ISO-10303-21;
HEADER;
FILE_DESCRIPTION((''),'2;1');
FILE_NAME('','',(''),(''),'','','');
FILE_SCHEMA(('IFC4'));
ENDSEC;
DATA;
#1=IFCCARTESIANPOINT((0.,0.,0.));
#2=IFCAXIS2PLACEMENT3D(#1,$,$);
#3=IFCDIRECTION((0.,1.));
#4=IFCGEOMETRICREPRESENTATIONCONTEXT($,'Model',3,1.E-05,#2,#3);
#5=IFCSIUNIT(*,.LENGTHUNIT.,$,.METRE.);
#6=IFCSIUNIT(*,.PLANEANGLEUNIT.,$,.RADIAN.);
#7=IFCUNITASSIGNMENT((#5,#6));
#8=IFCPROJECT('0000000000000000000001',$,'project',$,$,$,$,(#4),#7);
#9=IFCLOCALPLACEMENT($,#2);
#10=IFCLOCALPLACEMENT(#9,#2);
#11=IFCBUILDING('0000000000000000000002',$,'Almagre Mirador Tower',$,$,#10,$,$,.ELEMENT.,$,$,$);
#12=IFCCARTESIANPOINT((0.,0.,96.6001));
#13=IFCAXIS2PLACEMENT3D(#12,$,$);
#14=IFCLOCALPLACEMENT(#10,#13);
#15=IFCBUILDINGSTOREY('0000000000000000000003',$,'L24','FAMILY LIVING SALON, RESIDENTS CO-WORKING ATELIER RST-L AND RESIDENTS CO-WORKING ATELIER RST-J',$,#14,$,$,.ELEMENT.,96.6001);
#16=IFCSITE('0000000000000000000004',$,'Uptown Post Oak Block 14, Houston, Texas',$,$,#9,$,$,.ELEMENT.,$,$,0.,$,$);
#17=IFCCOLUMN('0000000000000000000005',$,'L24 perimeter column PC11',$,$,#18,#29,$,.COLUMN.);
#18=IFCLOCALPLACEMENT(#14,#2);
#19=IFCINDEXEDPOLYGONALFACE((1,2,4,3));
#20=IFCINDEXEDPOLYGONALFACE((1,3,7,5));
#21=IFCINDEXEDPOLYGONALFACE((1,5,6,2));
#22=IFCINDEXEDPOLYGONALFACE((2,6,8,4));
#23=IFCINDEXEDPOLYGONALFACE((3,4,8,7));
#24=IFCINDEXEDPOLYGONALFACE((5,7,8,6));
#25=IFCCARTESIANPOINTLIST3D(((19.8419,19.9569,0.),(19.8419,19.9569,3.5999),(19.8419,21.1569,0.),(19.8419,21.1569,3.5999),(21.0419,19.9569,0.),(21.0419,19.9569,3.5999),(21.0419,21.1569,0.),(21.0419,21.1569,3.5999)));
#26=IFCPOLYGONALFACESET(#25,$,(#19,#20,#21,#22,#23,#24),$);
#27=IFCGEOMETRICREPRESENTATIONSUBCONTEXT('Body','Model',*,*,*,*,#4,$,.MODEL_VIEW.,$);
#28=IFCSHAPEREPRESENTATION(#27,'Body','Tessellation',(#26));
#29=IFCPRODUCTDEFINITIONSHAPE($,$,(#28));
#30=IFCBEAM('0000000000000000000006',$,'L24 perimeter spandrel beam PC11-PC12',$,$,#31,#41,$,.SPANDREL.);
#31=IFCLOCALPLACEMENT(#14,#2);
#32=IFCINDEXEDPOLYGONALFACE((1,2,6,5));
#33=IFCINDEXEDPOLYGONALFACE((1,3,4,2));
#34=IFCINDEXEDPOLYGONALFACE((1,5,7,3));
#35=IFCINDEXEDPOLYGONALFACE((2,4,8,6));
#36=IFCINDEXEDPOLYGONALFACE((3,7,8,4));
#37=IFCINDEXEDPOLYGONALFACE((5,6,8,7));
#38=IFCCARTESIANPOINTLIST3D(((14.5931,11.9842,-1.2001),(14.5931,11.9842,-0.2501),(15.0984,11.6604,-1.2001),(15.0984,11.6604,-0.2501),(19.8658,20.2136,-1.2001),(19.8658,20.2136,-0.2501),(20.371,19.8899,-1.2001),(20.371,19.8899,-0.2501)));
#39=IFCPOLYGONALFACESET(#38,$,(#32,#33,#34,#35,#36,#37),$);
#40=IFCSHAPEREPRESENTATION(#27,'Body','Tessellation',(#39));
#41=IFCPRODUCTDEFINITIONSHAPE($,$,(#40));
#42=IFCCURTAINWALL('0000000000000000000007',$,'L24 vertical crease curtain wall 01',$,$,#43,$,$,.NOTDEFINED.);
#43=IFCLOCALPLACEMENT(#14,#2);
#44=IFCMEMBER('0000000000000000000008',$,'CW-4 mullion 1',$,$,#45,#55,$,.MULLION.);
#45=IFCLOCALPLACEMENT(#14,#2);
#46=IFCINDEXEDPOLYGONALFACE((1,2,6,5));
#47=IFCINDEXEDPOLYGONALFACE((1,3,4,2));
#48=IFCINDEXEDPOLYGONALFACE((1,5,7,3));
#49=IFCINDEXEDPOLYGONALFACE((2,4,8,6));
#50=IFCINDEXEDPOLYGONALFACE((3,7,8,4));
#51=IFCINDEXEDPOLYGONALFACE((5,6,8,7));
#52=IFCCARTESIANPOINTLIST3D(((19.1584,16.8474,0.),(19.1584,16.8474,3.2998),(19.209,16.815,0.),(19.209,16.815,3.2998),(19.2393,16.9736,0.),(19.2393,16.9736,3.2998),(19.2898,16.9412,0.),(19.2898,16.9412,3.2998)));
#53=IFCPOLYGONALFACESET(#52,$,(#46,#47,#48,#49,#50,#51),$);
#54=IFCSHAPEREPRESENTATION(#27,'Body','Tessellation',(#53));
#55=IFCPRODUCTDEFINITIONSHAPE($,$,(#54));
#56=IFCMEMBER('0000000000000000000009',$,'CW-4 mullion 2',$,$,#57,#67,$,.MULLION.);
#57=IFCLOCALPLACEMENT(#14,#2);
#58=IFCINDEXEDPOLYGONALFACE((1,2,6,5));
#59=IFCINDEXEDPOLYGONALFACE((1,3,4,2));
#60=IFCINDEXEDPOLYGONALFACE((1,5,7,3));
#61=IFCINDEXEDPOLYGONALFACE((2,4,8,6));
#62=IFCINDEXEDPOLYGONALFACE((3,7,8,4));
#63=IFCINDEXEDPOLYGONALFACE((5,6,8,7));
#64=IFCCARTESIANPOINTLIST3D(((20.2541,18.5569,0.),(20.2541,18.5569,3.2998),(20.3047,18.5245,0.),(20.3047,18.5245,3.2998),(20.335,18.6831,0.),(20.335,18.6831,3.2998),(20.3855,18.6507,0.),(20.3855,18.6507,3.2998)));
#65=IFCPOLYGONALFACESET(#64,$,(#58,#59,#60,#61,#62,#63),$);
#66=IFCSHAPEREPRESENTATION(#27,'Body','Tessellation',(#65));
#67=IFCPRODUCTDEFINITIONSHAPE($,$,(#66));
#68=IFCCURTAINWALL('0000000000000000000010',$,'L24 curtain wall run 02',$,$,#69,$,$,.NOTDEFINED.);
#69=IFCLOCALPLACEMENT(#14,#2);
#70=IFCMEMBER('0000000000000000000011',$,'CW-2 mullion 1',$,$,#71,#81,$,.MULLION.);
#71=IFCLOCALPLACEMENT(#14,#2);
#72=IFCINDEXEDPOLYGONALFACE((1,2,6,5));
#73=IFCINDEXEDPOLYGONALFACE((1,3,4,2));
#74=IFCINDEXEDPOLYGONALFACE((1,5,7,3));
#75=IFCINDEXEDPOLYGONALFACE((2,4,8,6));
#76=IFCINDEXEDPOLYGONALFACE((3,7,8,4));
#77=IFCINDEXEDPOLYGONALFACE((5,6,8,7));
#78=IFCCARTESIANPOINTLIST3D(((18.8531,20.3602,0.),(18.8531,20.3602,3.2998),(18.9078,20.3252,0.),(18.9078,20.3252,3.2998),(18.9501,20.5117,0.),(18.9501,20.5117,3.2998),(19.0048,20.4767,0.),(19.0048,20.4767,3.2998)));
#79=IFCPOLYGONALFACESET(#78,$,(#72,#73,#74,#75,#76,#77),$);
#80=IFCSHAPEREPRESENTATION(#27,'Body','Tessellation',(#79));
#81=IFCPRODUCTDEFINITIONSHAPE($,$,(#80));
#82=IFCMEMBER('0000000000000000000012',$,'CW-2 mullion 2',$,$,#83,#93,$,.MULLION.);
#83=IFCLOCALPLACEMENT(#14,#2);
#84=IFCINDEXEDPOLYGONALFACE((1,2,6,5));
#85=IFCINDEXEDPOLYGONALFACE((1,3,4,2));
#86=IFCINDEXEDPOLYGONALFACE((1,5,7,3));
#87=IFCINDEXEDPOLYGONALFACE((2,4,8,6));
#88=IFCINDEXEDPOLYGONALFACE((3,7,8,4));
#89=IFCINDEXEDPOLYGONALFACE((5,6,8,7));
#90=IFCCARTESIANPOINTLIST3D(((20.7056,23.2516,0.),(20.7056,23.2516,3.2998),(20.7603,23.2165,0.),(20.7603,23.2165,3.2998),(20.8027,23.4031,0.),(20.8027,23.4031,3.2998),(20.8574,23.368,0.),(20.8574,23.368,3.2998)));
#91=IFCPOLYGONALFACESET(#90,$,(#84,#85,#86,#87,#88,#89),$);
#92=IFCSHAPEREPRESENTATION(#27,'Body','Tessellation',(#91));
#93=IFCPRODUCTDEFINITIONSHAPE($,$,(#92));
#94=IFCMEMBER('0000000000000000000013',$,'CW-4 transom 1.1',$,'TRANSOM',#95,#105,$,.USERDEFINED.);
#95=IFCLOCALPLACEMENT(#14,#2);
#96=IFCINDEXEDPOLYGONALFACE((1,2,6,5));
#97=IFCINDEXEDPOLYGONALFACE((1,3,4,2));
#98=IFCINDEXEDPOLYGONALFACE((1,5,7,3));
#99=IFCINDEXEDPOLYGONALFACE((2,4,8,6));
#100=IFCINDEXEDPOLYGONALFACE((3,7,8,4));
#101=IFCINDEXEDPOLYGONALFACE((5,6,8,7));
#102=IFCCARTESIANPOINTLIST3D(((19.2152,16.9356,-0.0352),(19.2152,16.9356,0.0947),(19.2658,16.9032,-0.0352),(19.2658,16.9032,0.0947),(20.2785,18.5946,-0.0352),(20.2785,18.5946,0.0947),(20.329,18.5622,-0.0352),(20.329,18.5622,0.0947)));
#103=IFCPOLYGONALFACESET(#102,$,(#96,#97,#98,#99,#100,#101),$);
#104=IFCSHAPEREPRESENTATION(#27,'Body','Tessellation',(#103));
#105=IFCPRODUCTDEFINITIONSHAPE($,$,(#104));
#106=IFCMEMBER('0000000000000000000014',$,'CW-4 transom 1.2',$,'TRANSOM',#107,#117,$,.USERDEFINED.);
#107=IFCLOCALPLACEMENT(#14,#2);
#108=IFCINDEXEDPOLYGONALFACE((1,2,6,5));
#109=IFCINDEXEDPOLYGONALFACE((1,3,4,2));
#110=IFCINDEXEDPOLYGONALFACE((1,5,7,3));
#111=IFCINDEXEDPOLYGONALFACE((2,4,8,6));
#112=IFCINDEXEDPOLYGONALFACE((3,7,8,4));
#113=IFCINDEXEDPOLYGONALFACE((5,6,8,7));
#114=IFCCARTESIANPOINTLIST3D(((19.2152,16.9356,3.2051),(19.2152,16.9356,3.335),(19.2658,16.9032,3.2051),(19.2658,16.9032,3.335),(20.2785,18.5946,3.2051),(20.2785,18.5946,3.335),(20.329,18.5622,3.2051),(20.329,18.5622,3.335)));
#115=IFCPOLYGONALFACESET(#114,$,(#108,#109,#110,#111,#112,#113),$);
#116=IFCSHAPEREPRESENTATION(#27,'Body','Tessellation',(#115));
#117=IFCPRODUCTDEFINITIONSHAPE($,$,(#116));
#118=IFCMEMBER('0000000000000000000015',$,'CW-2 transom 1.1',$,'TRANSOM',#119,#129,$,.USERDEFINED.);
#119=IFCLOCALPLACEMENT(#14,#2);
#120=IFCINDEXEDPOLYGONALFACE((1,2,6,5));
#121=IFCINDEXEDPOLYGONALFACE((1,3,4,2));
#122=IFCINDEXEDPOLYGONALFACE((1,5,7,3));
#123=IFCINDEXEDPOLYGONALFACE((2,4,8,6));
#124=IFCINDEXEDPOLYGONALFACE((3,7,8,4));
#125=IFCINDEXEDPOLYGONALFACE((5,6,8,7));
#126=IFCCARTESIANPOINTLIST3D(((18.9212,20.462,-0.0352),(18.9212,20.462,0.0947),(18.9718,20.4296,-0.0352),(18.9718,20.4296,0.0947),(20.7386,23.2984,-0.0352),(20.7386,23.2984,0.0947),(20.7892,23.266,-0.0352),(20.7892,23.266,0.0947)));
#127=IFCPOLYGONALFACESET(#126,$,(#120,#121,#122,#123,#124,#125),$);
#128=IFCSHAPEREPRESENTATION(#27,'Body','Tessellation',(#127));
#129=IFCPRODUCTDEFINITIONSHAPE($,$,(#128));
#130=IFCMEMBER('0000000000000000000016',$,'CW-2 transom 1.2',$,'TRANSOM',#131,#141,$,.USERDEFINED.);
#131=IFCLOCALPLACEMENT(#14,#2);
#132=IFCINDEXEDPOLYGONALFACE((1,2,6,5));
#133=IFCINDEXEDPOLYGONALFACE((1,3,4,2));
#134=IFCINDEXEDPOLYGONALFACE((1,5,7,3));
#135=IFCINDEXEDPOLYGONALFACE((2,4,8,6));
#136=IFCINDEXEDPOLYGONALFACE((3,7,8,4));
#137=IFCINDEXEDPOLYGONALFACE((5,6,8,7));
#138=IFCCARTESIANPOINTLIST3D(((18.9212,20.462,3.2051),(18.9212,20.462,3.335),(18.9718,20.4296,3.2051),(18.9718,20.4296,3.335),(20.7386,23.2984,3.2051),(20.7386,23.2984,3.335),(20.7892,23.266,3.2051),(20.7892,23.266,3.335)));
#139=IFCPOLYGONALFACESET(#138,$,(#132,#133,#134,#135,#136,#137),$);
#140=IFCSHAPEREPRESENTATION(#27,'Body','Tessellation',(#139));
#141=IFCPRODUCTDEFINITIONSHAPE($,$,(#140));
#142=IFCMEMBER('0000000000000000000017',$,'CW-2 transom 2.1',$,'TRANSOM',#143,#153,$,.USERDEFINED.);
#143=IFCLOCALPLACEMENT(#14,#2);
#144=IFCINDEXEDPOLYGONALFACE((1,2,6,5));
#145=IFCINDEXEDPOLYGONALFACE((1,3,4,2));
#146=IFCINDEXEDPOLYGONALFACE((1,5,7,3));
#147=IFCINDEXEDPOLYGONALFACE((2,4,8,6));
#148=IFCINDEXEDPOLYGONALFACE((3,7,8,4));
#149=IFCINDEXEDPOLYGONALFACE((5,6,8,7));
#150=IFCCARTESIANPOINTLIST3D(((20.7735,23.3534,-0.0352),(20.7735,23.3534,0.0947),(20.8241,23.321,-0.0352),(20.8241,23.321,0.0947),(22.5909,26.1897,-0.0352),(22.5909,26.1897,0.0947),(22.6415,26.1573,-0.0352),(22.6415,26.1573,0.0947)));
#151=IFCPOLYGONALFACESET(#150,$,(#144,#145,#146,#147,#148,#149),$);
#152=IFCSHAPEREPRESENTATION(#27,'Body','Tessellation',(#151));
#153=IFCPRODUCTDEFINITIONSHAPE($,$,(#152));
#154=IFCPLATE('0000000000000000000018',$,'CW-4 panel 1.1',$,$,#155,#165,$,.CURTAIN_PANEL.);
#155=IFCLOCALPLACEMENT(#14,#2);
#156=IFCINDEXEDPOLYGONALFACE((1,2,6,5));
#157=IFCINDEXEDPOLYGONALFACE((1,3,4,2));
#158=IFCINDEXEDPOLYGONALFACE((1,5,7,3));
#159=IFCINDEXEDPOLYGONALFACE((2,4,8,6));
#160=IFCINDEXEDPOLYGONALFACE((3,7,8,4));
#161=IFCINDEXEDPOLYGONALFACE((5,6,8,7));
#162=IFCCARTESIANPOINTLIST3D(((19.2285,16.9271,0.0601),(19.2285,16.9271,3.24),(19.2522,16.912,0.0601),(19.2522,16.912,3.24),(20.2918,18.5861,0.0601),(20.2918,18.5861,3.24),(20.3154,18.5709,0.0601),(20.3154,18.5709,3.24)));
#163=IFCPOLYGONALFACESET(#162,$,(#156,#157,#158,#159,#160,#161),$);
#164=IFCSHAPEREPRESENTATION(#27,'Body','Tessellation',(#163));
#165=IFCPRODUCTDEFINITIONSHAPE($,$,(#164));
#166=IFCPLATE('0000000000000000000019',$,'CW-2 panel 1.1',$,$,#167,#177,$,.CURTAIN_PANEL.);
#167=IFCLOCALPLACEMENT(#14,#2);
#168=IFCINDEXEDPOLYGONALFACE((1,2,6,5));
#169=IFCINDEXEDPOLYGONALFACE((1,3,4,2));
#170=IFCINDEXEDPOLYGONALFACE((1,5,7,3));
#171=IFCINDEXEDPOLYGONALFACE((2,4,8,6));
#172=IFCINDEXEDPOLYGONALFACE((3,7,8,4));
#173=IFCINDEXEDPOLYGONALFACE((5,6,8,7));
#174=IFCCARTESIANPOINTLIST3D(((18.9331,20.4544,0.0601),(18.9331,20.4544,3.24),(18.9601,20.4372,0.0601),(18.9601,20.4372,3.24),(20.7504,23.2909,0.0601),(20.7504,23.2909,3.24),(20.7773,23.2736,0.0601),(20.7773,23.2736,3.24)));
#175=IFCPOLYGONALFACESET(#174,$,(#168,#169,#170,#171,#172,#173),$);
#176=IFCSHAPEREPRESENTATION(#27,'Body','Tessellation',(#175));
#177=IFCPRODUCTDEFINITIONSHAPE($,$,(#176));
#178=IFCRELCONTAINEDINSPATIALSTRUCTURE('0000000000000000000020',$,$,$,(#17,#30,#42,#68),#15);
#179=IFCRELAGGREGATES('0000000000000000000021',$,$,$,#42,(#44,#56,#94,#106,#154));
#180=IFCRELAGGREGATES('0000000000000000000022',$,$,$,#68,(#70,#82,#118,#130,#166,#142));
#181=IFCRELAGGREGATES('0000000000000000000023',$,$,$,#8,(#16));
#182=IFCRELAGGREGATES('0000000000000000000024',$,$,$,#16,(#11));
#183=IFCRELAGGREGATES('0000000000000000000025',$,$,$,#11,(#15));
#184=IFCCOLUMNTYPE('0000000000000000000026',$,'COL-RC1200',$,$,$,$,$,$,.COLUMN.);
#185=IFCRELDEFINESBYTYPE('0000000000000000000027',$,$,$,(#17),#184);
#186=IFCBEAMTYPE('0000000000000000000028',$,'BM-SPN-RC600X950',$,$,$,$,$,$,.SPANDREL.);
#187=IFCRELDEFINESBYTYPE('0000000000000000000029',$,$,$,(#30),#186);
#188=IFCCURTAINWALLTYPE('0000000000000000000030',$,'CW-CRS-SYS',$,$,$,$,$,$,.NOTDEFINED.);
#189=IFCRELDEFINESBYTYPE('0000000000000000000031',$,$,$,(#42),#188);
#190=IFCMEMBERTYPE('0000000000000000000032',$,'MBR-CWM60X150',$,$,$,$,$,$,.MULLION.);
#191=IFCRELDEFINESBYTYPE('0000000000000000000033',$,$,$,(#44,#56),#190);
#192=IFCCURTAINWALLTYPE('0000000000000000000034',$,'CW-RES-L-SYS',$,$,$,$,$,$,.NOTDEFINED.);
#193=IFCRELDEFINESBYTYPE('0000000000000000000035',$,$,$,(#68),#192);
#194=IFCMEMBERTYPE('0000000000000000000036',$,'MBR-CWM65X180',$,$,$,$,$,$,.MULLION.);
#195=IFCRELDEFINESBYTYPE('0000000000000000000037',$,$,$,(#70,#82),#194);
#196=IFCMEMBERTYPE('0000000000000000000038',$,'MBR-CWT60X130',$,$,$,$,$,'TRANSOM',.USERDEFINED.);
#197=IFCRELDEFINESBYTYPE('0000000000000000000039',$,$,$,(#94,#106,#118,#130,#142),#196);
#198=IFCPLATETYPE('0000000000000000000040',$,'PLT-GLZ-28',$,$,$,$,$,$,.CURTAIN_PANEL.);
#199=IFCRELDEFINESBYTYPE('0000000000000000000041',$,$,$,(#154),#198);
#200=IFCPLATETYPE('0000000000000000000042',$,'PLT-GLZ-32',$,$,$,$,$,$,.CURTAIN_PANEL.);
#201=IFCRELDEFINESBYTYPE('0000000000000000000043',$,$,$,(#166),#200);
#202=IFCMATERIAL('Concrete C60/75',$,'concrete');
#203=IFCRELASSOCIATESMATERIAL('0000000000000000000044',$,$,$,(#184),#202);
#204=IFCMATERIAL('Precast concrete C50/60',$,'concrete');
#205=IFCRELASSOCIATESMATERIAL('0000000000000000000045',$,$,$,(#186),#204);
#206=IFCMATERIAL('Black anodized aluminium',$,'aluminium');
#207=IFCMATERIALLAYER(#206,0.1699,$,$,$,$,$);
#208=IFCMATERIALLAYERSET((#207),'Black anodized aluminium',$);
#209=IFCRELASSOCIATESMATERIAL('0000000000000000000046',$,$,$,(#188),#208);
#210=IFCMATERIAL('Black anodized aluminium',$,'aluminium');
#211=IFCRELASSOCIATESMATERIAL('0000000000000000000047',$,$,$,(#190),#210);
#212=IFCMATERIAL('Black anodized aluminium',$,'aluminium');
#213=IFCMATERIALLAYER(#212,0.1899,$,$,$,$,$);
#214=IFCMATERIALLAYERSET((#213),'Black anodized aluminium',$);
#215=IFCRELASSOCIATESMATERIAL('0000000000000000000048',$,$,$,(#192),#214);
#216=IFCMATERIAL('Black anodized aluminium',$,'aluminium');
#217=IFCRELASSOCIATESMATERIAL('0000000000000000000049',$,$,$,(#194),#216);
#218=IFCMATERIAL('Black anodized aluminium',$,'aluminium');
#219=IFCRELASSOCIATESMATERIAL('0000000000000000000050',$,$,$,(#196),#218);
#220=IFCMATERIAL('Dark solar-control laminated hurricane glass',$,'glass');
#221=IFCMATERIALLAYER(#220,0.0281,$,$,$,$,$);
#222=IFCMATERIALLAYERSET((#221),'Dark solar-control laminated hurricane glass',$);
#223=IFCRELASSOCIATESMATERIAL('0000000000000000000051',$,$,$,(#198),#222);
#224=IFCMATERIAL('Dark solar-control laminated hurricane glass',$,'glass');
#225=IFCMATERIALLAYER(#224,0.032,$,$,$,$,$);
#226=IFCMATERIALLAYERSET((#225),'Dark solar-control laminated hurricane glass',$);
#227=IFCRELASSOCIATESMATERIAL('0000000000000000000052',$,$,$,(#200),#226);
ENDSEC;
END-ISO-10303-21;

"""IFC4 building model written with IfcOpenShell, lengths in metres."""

from ifc_helpers import new_model, si_unit, direction, frame, origin, origin_2d, place, context, subcontext, project, spatial, rectangle, extrude, material, layer, layer_set, material_profile, profile_set, type_object, element, aggregate, save


model = new_model("IFC4")

# Units and contexts
model_context = context("Model", 3, precision=1e-05, world=origin(), true_north=direction((0.0, 1.0)))
body_context = subcontext(model_context, "Body", "Model", "MODEL_VIEW")
ifc_project = project(units=[si_unit("LENGTHUNIT", "METRE"), si_unit("PLANEANGLEUNIT", "RADIAN")], contexts=[model_context])

# Site, building, storey
site_placement = place(None, origin())
site = spatial("IfcSite", under=ifc_project, at=site_placement, Name="Uptown Post Oak Block 14, Houston, Texas", CompositionType="ELEMENT", RefElevation=0.0)
building_placement = place(site_placement, origin())
building = spatial("IfcBuilding", under=site, at=building_placement, Name="Almagre Mirador Tower", CompositionType="ELEMENT")
storey_placement = place(building_placement, frame((0.0, 0.0, 96.6001)))
storey = spatial("IfcBuildingStorey", under=building, at=storey_placement, Name="L24", Description="FAMILY LIVING SALON, RESIDENTS CO-WORKING ATELIER RST-L AND RESIDENTS CO-WORKING ATELIER RST-J", CompositionType="ELEMENT", Elevation=96.6001)

# Column
ifc_material_1 = material(Name="Concrete C60/75", Category="concrete")
ifc_material_profile_1 = material_profile(ifc_material_1, rectangle(XDim=1.2, YDim=1.2, at=origin_2d()), Name="RC1200X1200")
ifc_profile_set_1 = profile_set([ifc_material_profile_1], Name="Concrete C60/75")
column_type = type_object("IfcColumnType", Name="COL-RC1200", PredefinedType="COLUMN", material=ifc_profile_set_1)
column_placement = place(storey_placement, frame((20.4419, 20.5569, 0.0), z_axis=(0.0, 0.0, 1.0), x_axis=(1.0, 0.0, 0.0)))
element("IfcColumn", 1, at=column_placement, inside=storey, type_object=column_type, Name="L24 perimeter column PC11", PredefinedType="COLUMN", context=body_context, shape_type="SweptSolid", body=[
    extrude(rectangle(XDim=1.2, YDim=1.2, at=origin_2d()), origin(), (0.0, 0.0, 1.0), 3.5999),
])

# Beam
ifc_material_2 = material(Name="Precast concrete C50/60", Category="concrete")
ifc_material_profile_2 = material_profile(ifc_material_2, rectangle(XDim=0.6001, YDim=0.95, at=origin_2d()), Name="RC600X950")
ifc_profile_set_2 = profile_set([ifc_material_profile_2], Name="Precast concrete C50/60")
beam_type = type_object("IfcBeamType", Name="BM-SPN-RC600X950", PredefinedType="SPANDREL", material=ifc_profile_set_2)
beam_placement = place(storey_placement, frame((20.1184, 20.0518, -0.7251), z_axis=(-0.539477, -0.842, 0.0), x_axis=(0.842, -0.539477, 0.0)))
element("IfcBeam", 2, at=beam_placement, inside=storey, type_object=beam_type, Name="L24 perimeter spandrel beam PC11-PC12", PredefinedType="SPANDREL", context=body_context, shape_type="SweptSolid", body=[
    extrude(rectangle(XDim=0.6001, YDim=0.95, at=origin_2d()), origin(), (0.0, 0.0, 1.0), 9.7737),
])

# Curtain walls, members
ifc_material_3 = material(Name="Black anodized aluminium", Category="aluminium")
ifc_layer_1 = layer(ifc_material_3, 0.1699)
ifc_layer_set_1 = layer_set([ifc_layer_1], Name="Black anodized aluminium")
curtain_wall_type_1 = type_object("IfcCurtainWallType", Name="CW-CRS-SYS", PredefinedType="NOTDEFINED", material=ifc_layer_set_1)
curtain_wall_1_placement = place(storey_placement, origin())
curtain_wall_1 = element("IfcCurtainWall", 3, at=curtain_wall_1_placement, inside=storey, type_object=curtain_wall_type_1, Name="L24 vertical crease curtain wall 01", PredefinedType="NOTDEFINED")
ifc_material_4 = material(Name="Black anodized aluminium", Category="aluminium")
ifc_material_profile_3 = material_profile(ifc_material_4, rectangle(XDim=0.0601, YDim=0.1499, at=origin_2d()), Name="CWM60X150")
ifc_profile_set_3 = profile_set([ifc_material_profile_3], Name="Black anodized aluminium")
member_type_1 = type_object("IfcMemberType", Name="MBR-CWM60X150", PredefinedType="MULLION", material=ifc_profile_set_3)
member_1_placement = place(storey_placement, frame((19.2241, 16.8943, 0.0), z_axis=(0.0, 0.0, 1.0), x_axis=(-0.841924, 0.539597, 0.0)))
member_1 = element("IfcMember", 4, at=member_1_placement, type_object=member_type_1, Name="CW-4 mullion 1", PredefinedType="MULLION", context=body_context, shape_type="SweptSolid", body=[
    extrude(rectangle(XDim=0.0601, YDim=0.1499, at=origin_2d()), origin(), (0.0, 0.0, 1.0), 3.2998),
])
member_2_placement = place(storey_placement, frame((20.3198, 18.6038, 0.0), z_axis=(0.0, 0.0, 1.0), x_axis=(-0.841924, 0.539597, 0.0)))
member_2 = element("IfcMember", 5, at=member_2_placement, type_object=member_type_1, Name="CW-4 mullion 2", PredefinedType="MULLION", context=body_context, shape_type="SweptSolid", body=[
    extrude(rectangle(XDim=0.0601, YDim=0.1499, at=origin_2d()), origin(), (0.0, 0.0, 1.0), 3.2998),
])
ifc_material_5 = material(Name="Black anodized aluminium", Category="aluminium")
ifc_layer_2 = layer(ifc_material_5, 0.1899)
ifc_layer_set_2 = layer_set([ifc_layer_2], Name="Black anodized aluminium")
curtain_wall_type_2 = type_object("IfcCurtainWallType", Name="CW-RES-L-SYS", PredefinedType="NOTDEFINED", material=ifc_layer_set_2)
curtain_wall_2_placement = place(storey_placement, origin())
curtain_wall_2 = element("IfcCurtainWall", 6, at=curtain_wall_2_placement, inside=storey, type_object=curtain_wall_type_2, Name="L24 curtain wall run 02", PredefinedType="NOTDEFINED")
ifc_material_6 = material(Name="Black anodized aluminium", Category="aluminium")
ifc_material_profile_4 = material_profile(ifc_material_6, rectangle(XDim=0.0649, YDim=0.1799, at=origin_2d()), Name="CWM65X180")
ifc_profile_set_4 = profile_set([ifc_material_profile_4], Name="Black anodized aluminium")
member_type_2 = type_object("IfcMemberType", Name="MBR-CWM65X180", PredefinedType="MULLION", material=ifc_profile_set_4)
member_3_placement = place(storey_placement, frame((18.929, 20.4185, 0.0), z_axis=(0.0, 0.0, 1.0), x_axis=(-0.84201, 0.539462, 0.0)))
member_3 = element("IfcMember", 7, at=member_3_placement, type_object=member_type_2, Name="CW-2 mullion 1", PredefinedType="MULLION", context=body_context, shape_type="SweptSolid", body=[
    extrude(rectangle(XDim=0.0649, YDim=0.1799, at=origin_2d()), origin(), (0.0, 0.0, 1.0), 3.2998),
])
member_4_placement = place(storey_placement, frame((20.7815, 23.3098, 0.0), z_axis=(0.0, 0.0, 1.0), x_axis=(-0.84201, 0.539462, 0.0)))
member_4 = element("IfcMember", 8, at=member_4_placement, type_object=member_type_2, Name="CW-2 mullion 2", PredefinedType="MULLION", context=body_context, shape_type="SweptSolid", body=[
    extrude(rectangle(XDim=0.0649, YDim=0.1799, at=origin_2d()), origin(), (0.0, 0.0, 1.0), 3.2998),
])

# Members
ifc_material_7 = material(Name="Black anodized aluminium", Category="aluminium")
ifc_material_profile_5 = material_profile(ifc_material_7, rectangle(XDim=0.0601, YDim=0.1299, at=origin_2d()), Name="CWT60X130")
ifc_profile_set_5 = profile_set([ifc_material_profile_5], Name="Black anodized aluminium")
member_type_3 = type_object("IfcMemberType", Name="MBR-CWT60X130", ElementType="TRANSOM", PredefinedType="USERDEFINED", material=ifc_profile_set_5)
member_5_placement = place(storey_placement, frame((19.2405, 16.9194, 0.0298), z_axis=(0.539599, 0.841922, 0.0), x_axis=(-0.841922, 0.539599, 0.0)))
member_5 = element("IfcMember", 9, at=member_5_placement, type_object=member_type_3, Name="CW-4 transom 1.1", ObjectType="TRANSOM", PredefinedType="USERDEFINED", context=body_context, shape_type="SweptSolid", body=[
    extrude(rectangle(XDim=0.0601, YDim=0.1299, at=origin_2d()), origin(), (0.0, 0.0, 1.0), 1.9705),
])
member_6_placement = place(storey_placement, frame((19.2405, 16.9194, 3.27), z_axis=(0.539599, 0.841922, 0.0), x_axis=(-0.841922, 0.539599, 0.0)))
member_6 = element("IfcMember", 10, at=member_6_placement, type_object=member_type_3, Name="CW-4 transom 1.2", ObjectType="TRANSOM", PredefinedType="USERDEFINED", context=body_context, shape_type="SweptSolid", body=[
    extrude(rectangle(XDim=0.0601, YDim=0.1299, at=origin_2d()), origin(), (0.0, 0.0, 1.0), 1.9705),
])
member_7_placement = place(storey_placement, frame((18.9465, 20.4458, 0.0298), z_axis=(0.53949, 0.841992, 0.0), x_axis=(-0.841992, 0.53949, 0.0)))
member_7 = element("IfcMember", 11, at=member_7_placement, type_object=member_type_3, Name="CW-2 transom 1.1", ObjectType="TRANSOM", PredefinedType="USERDEFINED", context=body_context, shape_type="SweptSolid", body=[
    extrude(rectangle(XDim=0.0601, YDim=0.1299, at=origin_2d()), origin(), (0.0, 0.0, 1.0), 3.3687),
])
member_8_placement = place(storey_placement, frame((18.9465, 20.4458, 3.27), z_axis=(0.53949, 0.841992, 0.0), x_axis=(-0.841992, 0.53949, 0.0)))
member_8 = element("IfcMember", 12, at=member_8_placement, type_object=member_type_3, Name="CW-2 transom 1.2", ObjectType="TRANSOM", PredefinedType="USERDEFINED", context=body_context, shape_type="SweptSolid", body=[
    extrude(rectangle(XDim=0.0601, YDim=0.1299, at=origin_2d()), origin(), (0.0, 0.0, 1.0), 3.3687),
])
member_9_placement = place(storey_placement, frame((20.7988, 23.3372, 0.0298), z_axis=(0.53949, 0.841992, 0.0), x_axis=(-0.841992, 0.53949, 0.0)))
member_9 = element("IfcMember", 13, at=member_9_placement, type_object=member_type_3, Name="CW-2 transom 2.1", ObjectType="TRANSOM", PredefinedType="USERDEFINED", context=body_context, shape_type="SweptSolid", body=[
    extrude(rectangle(XDim=0.0601, YDim=0.1299, at=origin_2d()), origin(), (0.0, 0.0, 1.0), 3.3687),
])

# Plates
ifc_material_8 = material(Name="Dark solar-control laminated hurricane glass", Category="glass")
ifc_layer_3 = layer(ifc_material_8, 0.0281)
ifc_layer_set_3 = layer_set([ifc_layer_3], Name="Dark solar-control laminated hurricane glass")
plate_type_1 = type_object("IfcPlateType", Name="PLT-GLZ-28", PredefinedType="CURTAIN_PANEL", material=ifc_layer_set_3)
plate_1_placement = place(storey_placement, frame((19.772, 17.749, 0.0601), z_axis=(0.0, 0.0, 1.0), x_axis=(0.539597, 0.841924, 0.0)))
plate_1 = element("IfcPlate", 14, at=plate_1_placement, type_object=plate_type_1, Name="CW-4 panel 1.1", PredefinedType="CURTAIN_PANEL", context=body_context, shape_type="SweptSolid", body=[
    extrude(rectangle(XDim=1.9705, YDim=0.0281, at=origin_2d()), origin(), (0.0, 0.0, 1.0), 3.1799),
])
aggregate(curtain_wall_1, [member_1, member_2, member_5, member_6, plate_1])
ifc_material_9 = material(Name="Dark solar-control laminated hurricane glass", Category="glass")
ifc_layer_4 = layer(ifc_material_9, 0.032)
ifc_layer_set_4 = layer_set([ifc_layer_4], Name="Dark solar-control laminated hurricane glass")
plate_type_2 = type_object("IfcPlateType", Name="PLT-GLZ-32", PredefinedType="CURTAIN_PANEL", material=ifc_layer_set_4)
plate_2_placement = place(storey_placement, frame((19.8552, 21.864, 0.0601), z_axis=(0.0, 0.0, 1.0), x_axis=(0.539462, 0.84201, 0.0)))
plate_2 = element("IfcPlate", 15, at=plate_2_placement, type_object=plate_type_2, Name="CW-2 panel 1.1", PredefinedType="CURTAIN_PANEL", context=body_context, shape_type="SweptSolid", body=[
    extrude(rectangle(XDim=3.3687, YDim=0.032, at=origin_2d()), origin(), (0.0, 0.0, 1.0), 3.1799),
])
aggregate(curtain_wall_2, [member_3, member_4, member_7, member_8, plate_2, member_9])

save(model, "model.ifc")
